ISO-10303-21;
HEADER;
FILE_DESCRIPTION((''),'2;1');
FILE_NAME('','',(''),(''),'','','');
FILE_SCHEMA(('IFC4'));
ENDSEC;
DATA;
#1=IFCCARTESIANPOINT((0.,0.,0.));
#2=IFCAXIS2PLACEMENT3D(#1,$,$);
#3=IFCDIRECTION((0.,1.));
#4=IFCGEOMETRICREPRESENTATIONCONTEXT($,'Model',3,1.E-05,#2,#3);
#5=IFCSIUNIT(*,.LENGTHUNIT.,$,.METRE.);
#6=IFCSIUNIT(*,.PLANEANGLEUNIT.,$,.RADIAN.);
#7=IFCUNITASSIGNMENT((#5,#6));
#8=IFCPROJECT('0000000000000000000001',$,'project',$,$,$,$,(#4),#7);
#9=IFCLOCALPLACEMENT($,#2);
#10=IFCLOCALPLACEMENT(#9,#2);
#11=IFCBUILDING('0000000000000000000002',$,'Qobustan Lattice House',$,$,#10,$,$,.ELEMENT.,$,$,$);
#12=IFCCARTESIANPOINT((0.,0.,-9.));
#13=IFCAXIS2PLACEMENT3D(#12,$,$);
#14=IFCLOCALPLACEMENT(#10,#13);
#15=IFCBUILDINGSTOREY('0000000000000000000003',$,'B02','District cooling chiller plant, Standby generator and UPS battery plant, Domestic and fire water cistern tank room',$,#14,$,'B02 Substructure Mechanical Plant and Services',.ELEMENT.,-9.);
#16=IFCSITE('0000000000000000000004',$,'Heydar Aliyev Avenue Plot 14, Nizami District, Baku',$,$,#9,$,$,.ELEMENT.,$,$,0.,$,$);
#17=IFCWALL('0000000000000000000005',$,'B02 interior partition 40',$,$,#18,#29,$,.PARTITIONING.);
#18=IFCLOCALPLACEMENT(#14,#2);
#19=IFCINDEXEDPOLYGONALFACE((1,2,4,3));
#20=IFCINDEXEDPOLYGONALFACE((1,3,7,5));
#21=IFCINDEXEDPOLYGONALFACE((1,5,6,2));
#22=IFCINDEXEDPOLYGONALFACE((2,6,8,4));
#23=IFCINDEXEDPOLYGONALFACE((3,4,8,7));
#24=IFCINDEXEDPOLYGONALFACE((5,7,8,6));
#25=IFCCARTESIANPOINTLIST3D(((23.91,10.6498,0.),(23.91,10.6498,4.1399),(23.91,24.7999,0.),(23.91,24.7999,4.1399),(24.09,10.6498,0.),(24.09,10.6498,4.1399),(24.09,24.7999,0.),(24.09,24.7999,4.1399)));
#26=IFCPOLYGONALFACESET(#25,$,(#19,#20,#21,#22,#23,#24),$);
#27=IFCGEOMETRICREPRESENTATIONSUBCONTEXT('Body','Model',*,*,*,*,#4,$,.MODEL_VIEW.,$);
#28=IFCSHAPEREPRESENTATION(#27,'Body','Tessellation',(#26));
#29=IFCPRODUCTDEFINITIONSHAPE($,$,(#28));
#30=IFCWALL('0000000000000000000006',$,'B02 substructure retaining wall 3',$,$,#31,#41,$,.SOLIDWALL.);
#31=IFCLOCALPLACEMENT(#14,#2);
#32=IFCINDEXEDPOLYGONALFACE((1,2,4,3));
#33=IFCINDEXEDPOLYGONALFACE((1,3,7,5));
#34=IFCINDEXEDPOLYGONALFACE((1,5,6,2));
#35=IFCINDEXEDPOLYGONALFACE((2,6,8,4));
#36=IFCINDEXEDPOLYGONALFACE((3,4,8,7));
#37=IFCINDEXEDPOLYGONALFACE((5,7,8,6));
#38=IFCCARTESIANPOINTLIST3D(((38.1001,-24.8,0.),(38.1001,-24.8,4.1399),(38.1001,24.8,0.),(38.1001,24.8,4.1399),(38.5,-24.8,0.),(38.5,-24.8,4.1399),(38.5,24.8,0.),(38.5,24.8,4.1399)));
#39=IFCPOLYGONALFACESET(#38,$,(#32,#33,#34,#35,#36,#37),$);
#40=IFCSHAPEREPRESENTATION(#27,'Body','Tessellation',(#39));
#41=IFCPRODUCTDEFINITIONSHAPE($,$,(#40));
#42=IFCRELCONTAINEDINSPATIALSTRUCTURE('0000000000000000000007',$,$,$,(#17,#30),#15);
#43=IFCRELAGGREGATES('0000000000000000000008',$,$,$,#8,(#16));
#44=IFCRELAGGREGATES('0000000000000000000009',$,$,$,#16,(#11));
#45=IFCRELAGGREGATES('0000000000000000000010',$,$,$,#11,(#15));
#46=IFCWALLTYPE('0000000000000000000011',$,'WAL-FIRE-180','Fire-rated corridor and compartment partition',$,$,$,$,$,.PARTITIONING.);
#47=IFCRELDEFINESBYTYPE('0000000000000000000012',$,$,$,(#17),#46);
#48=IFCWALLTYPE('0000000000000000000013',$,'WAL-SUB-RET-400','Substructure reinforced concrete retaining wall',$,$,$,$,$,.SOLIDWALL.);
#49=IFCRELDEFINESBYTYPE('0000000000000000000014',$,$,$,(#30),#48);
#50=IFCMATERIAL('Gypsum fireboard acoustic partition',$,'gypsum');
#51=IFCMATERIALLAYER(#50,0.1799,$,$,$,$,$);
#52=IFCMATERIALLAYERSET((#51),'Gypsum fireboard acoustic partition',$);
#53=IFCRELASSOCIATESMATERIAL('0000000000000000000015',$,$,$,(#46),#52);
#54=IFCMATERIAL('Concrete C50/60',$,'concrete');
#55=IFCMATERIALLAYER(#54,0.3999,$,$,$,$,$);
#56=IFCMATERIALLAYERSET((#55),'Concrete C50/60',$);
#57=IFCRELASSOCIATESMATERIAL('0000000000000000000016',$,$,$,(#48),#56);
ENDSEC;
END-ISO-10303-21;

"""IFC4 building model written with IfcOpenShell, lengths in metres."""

from ifc_helpers import new_model, si_unit, direction, frame, frame_2d, origin, place, context, subcontext, project, spatial, rectangle, extrude, material, layer, layer_set, type_object, element, save


model = new_model("IFC4")

# Units and contexts
model_context = context("Model", 3, precision=1e-05, world=origin(), true_north=direction((0.0, 1.0)))
body_context = subcontext(model_context, "Body", "Model", "MODEL_VIEW")
ifc_project = project(units=[si_unit("LENGTHUNIT", "METRE"), si_unit("PLANEANGLEUNIT", "RADIAN")], contexts=[model_context])

# Site, building, storey
site_placement = place(None, origin())
site = spatial("IfcSite", under=ifc_project, at=site_placement, Name="Heydar Aliyev Avenue Plot 14, Nizami District, Baku", CompositionType="ELEMENT", RefElevation=0.0)
building_placement = place(site_placement, origin())
building = spatial("IfcBuilding", under=site, at=building_placement, Name="Qobustan Lattice House", CompositionType="ELEMENT")
storey_placement = place(building_placement, frame((0.0, 0.0, -9.0)))
storey = spatial("IfcBuildingStorey", under=building, at=storey_placement, Name="B02", Description="District cooling chiller plant, Standby generator and UPS battery plant, Domestic and fire water cistern tank room", LongName="B02 Substructure Mechanical Plant and Services", CompositionType="ELEMENT", Elevation=-9.0)

# Walls
ifc_material_1 = material(Name="Gypsum fireboard acoustic partition", Category="gypsum")
ifc_layer_1 = layer(ifc_material_1, 0.1799)
ifc_layer_set_1 = layer_set([ifc_layer_1], Name="Gypsum fireboard acoustic partition")
wall_type_1 = type_object("IfcWallType", Name="WAL-FIRE-180", Description="Fire-rated corridor and compartment partition", PredefinedType="PARTITIONING", material=ifc_layer_set_1)
wall_1_placement = place(storey_placement, frame((24.0, 24.8, 0.0), z_axis=(0.0, 0.0, 1.0), x_axis=(0.0, -1.0, 0.0)))
element("IfcWall", 1, at=wall_1_placement, inside=storey, type_object=wall_type_1, Name="B02 interior partition 40", PredefinedType="PARTITIONING", context=body_context, shape_type="SweptSolid", body=[
    extrude(rectangle(XDim=14.1501, YDim=0.1799, at=frame_2d((7.0752, 0.0))), origin(), (0.0, 0.0, 1.0), 4.1399),
])
ifc_material_2 = material(Name="Concrete C50/60", Category="concrete")
ifc_layer_2 = layer(ifc_material_2, 0.3999)
ifc_layer_set_2 = layer_set([ifc_layer_2], Name="Concrete C50/60")
wall_type_2 = type_object("IfcWallType", Name="WAL-SUB-RET-400", Description="Substructure reinforced concrete retaining wall", PredefinedType="SOLIDWALL", material=ifc_layer_set_2)
wall_2_placement = place(storey_placement, frame((38.3, 24.8, 0.0), z_axis=(0.0, 0.0, 1.0), x_axis=(0.0, -1.0, 0.0)))
element("IfcWall", 2, at=wall_2_placement, inside=storey, type_object=wall_type_2, Name="B02 substructure retaining wall 3", PredefinedType="SOLIDWALL", context=body_context, shape_type="SweptSolid", body=[
    extrude(rectangle(XDim=49.6001, YDim=0.3999, at=frame_2d((24.8, 0.0))), origin(), (0.0, 0.0, 1.0), 4.1399),
])

save(model, "model.ifc")
